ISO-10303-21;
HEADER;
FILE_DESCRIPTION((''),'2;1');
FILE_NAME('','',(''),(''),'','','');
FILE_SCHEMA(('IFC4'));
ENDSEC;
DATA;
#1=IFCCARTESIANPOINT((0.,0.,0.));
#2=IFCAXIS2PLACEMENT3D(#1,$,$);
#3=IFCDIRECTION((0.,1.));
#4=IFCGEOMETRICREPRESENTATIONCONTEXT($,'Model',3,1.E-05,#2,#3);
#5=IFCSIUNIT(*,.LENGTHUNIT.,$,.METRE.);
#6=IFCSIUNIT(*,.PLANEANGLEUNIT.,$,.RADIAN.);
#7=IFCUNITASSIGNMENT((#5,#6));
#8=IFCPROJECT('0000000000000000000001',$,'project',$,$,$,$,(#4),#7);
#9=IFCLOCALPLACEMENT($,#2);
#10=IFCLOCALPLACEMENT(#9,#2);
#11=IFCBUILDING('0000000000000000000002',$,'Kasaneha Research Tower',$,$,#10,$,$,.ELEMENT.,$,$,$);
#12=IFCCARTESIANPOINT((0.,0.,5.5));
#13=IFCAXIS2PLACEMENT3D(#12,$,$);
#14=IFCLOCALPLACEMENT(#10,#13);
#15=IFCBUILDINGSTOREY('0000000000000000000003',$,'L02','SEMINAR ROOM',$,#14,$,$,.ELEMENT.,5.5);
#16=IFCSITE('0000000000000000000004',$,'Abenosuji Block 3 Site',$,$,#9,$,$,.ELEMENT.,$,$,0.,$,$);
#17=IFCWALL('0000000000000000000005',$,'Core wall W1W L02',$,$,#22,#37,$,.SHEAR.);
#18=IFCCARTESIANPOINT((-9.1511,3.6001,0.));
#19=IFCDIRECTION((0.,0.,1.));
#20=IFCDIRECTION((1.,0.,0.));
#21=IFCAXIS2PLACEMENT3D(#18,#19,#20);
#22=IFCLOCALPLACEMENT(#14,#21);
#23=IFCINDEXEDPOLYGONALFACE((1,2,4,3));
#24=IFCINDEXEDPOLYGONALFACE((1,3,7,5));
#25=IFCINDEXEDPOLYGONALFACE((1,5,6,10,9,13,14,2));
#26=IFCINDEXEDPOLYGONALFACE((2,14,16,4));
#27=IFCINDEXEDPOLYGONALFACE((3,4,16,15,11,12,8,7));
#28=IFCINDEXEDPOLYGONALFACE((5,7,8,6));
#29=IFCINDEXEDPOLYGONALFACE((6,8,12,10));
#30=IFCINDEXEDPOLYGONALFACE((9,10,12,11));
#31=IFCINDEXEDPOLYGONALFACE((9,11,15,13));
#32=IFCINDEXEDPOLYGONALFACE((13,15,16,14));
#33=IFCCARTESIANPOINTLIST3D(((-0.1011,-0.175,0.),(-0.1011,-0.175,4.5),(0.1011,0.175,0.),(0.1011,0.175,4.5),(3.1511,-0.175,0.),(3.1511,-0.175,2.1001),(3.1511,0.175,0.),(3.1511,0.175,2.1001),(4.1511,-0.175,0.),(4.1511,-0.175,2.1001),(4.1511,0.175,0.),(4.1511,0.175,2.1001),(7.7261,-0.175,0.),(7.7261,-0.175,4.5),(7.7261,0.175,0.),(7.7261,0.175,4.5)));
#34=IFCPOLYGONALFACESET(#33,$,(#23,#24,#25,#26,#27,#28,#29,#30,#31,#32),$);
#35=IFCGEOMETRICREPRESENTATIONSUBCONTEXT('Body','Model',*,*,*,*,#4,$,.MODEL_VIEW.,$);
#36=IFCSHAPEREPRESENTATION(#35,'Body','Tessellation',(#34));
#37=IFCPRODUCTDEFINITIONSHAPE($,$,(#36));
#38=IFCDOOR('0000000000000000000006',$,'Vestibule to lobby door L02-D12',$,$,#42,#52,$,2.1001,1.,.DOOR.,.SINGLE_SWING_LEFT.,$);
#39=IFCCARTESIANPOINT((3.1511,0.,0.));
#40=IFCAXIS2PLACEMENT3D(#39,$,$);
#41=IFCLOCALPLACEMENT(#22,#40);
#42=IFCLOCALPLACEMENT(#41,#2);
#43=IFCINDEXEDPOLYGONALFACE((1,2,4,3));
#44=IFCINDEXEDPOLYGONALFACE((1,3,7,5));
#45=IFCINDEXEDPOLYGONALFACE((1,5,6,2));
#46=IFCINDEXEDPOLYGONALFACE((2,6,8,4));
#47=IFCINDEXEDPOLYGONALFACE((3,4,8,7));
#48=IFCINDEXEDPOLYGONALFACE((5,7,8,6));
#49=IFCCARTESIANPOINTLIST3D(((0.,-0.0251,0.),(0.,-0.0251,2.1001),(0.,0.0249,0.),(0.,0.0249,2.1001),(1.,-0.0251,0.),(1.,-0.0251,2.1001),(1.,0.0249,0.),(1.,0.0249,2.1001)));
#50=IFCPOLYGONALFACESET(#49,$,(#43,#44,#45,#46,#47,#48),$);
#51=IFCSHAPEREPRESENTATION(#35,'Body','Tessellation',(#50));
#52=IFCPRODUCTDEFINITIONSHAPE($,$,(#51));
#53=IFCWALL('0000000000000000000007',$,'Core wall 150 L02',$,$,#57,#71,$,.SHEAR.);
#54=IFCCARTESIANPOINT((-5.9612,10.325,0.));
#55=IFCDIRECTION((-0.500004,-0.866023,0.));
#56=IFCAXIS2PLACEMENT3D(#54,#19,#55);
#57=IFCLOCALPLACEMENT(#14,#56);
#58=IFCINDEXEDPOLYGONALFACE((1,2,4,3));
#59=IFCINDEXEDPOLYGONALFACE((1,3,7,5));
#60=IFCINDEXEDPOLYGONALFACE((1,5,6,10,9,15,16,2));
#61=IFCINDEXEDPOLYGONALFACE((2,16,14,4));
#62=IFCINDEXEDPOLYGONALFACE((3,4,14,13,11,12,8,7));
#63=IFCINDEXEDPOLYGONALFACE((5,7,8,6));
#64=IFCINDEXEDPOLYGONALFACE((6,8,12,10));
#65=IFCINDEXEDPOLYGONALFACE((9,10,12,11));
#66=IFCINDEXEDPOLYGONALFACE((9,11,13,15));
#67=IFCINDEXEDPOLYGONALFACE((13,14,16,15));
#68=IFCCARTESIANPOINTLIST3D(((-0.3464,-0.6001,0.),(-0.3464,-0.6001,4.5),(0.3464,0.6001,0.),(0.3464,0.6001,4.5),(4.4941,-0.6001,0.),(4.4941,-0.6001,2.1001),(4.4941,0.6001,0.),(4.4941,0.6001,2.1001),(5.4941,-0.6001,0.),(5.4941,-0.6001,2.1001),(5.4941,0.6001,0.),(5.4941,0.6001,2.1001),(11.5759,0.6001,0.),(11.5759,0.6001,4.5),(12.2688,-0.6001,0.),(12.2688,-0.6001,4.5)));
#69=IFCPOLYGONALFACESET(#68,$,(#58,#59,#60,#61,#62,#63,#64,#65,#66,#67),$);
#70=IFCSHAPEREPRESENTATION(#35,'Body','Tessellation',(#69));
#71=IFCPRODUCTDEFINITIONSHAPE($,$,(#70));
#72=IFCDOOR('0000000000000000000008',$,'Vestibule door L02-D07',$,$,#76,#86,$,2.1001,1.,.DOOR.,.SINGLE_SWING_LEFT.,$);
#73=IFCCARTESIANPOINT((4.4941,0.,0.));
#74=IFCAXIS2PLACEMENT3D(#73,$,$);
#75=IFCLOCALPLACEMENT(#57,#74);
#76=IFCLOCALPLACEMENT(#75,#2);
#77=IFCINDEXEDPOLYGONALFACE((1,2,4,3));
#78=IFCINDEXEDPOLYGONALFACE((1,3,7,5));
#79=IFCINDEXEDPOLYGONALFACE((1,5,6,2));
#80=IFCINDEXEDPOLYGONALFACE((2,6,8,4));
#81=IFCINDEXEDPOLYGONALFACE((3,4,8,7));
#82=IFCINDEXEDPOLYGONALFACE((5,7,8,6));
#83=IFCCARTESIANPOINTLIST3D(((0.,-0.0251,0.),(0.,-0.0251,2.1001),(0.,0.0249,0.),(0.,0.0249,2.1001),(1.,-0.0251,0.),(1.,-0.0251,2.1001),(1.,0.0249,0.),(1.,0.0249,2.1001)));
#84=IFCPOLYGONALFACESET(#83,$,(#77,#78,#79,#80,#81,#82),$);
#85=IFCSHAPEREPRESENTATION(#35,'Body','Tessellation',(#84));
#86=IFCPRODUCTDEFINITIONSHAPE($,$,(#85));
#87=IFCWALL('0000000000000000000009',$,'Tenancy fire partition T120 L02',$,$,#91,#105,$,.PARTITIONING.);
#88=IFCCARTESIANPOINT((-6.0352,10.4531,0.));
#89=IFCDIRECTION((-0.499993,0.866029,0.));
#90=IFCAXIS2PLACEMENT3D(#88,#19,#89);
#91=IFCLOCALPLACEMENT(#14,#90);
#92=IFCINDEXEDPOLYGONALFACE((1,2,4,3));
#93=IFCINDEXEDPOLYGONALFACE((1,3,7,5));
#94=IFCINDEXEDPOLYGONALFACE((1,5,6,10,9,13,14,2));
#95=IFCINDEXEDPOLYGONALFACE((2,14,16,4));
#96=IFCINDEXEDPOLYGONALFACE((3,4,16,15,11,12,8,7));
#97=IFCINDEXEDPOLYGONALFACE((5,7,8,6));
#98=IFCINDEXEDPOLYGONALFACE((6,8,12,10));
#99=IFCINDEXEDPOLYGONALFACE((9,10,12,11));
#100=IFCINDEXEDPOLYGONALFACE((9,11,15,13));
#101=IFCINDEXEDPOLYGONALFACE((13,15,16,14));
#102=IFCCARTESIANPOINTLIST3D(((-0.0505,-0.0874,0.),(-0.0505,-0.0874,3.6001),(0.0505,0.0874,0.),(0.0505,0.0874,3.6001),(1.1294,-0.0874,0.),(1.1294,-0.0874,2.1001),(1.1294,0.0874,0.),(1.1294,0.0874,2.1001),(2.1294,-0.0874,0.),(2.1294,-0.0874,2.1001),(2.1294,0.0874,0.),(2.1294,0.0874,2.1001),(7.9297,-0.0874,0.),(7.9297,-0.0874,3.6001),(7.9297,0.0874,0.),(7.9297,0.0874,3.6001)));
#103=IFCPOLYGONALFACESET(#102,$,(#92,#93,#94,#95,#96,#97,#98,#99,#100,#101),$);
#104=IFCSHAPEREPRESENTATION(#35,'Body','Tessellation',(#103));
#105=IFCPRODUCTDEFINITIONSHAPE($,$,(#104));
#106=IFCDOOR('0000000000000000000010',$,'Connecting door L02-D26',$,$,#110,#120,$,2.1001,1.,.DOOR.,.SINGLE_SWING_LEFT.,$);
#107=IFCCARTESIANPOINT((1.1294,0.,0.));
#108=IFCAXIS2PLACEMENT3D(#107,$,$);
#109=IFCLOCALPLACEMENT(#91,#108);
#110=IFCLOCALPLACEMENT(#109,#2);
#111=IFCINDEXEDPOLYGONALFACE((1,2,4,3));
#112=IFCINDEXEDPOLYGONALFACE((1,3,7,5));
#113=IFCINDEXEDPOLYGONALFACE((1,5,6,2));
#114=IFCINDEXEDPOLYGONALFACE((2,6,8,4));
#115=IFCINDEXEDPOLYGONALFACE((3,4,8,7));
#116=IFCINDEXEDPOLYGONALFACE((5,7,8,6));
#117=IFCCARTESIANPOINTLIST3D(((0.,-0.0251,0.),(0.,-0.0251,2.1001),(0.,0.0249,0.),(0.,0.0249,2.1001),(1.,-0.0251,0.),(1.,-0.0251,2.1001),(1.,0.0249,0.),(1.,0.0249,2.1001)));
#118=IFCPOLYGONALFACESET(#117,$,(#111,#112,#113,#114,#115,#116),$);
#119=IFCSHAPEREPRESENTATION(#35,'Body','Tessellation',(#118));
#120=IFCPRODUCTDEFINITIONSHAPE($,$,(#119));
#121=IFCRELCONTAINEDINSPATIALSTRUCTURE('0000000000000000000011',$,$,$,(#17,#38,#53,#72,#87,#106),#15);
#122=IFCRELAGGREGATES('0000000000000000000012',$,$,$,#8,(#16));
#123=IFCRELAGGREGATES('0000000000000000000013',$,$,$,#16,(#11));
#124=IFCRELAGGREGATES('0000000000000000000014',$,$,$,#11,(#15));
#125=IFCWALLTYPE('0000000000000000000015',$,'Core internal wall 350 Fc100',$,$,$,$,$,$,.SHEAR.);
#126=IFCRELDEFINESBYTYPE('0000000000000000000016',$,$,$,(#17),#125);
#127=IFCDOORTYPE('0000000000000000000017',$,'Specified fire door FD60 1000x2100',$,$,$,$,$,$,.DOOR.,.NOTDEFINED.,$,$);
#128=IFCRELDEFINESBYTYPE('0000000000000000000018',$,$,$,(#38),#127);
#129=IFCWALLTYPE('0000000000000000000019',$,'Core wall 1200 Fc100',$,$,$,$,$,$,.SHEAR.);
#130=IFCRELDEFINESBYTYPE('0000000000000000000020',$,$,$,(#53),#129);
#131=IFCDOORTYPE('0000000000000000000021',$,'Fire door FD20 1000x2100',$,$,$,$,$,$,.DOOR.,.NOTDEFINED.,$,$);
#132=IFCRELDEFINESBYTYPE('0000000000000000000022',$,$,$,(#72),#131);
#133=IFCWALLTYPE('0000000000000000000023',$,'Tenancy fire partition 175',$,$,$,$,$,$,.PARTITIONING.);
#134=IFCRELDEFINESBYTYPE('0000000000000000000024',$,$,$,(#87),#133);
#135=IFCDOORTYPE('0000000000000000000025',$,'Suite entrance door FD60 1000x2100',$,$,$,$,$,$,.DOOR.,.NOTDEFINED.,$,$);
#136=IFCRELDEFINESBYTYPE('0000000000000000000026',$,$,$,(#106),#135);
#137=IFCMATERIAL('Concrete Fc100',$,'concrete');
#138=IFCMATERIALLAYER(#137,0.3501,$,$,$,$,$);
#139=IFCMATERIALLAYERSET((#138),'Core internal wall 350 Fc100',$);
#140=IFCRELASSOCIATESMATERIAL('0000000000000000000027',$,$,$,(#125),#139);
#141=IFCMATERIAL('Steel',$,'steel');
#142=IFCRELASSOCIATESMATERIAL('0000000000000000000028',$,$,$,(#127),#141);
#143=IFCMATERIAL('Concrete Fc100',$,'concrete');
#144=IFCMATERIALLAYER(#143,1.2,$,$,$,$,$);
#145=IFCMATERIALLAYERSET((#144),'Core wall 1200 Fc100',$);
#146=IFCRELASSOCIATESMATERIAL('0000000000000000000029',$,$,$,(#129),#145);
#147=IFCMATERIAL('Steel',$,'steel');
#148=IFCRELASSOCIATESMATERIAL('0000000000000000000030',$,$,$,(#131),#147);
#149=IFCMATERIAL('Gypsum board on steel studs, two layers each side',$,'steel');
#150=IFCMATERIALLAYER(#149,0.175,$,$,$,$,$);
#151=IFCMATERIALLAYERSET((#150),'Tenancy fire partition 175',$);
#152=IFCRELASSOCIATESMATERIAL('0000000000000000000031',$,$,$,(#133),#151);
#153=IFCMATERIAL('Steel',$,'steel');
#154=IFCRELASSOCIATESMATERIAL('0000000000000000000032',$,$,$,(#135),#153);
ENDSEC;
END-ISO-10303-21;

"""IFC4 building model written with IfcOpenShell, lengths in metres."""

from ifc_helpers import new_model, si_unit, direction, frame, frame_2d, origin, place, context, subcontext, project, spatial, polyline, rectangle, outline, extrude, material, layer, layer_set, type_object, element, fill, save


model = new_model("IFC4")

# Units and contexts
model_context = context("Model", 3, precision=1e-05, world=origin(), true_north=direction((0.0, 1.0)))
body_context = subcontext(model_context, "Body", "Model", "MODEL_VIEW")
ifc_project = project(units=[si_unit("LENGTHUNIT", "METRE"), si_unit("PLANEANGLEUNIT", "RADIAN")], contexts=[model_context])

# Site, building, storey
site_placement = place(None, origin())
site = spatial("IfcSite", under=ifc_project, at=site_placement, Name="Abenosuji Block 3 Site", CompositionType="ELEMENT", RefElevation=0.0)
building_placement = place(site_placement, origin())
building = spatial("IfcBuilding", under=site, at=building_placement, Name="Kasaneha Research Tower", CompositionType="ELEMENT")
storey_placement = place(building_placement, frame((0.0, 0.0, 5.5)))
storey = spatial("IfcBuildingStorey", under=building, at=storey_placement, Name="L02", Description="SEMINAR ROOM", CompositionType="ELEMENT", Elevation=5.5)

# Wall, opening, door
ifc_material_1 = material(Name="Concrete Fc100", Category="concrete")
ifc_layer_1 = layer(ifc_material_1, 0.3501)
ifc_layer_set_1 = layer_set([ifc_layer_1], Name="Core internal wall 350 Fc100")
wall_type_1 = type_object("IfcWallType", Name="Core internal wall 350 Fc100", PredefinedType="SHEAR", material=ifc_layer_set_1)
wall_1_placement = place(storey_placement, frame((-9.1511, 3.6001, 0.0), z_axis=(0.0, 0.0, 1.0), x_axis=(1.0, 0.0, 0.0)))
wall_1 = element("IfcWall", 1, at=wall_1_placement, inside=storey, type_object=wall_type_1, Name="Core wall W1W L02", PredefinedType="SHEAR", context=body_context, shape_type="SweptSolid", body=[
    extrude(outline(polyline([(-0.1011, -0.175), (3.1511, -0.175), (4.1511, -0.175), (7.7261, -0.175), (7.7261, 0.175), (4.1511, 0.175), (3.1511, 0.175), (0.1011, 0.175), (-0.1011, -0.175)])), origin(), (0.0, 0.0, 1.0), 4.5),
])
opening_1_placement = place(wall_1_placement, frame((3.1511, 0.0, 0.0)))
opening_1 = element("IfcOpeningElement", 2, at=opening_1_placement, cuts=wall_1, PredefinedType="OPENING", context=body_context, shape_type="SweptSolid", body=[
    extrude(rectangle(XDim=1.0, YDim=2.1001, at=frame_2d((0.5, 1.05))), frame((0.0, 0.1851, 0.0), z_axis=(0.0, -1.0, 0.0), x_axis=(1.0, 0.0, 0.0)), (0.0, 0.0, 1.0), 0.3701),
])
ifc_material_2 = material(Name="Steel", Category="steel")
door_type_1 = type_object("IfcDoorType", Name="Specified fire door FD60 1000x2100", OperationType="NOTDEFINED", PredefinedType="DOOR", material=ifc_material_2)
door_1_placement = place(opening_1_placement, origin())
door_1 = element("IfcDoor", 3, at=door_1_placement, inside=storey, type_object=door_type_1, Name="Vestibule to lobby door L02-D12", OperationType="SINGLE_SWING_LEFT", OverallHeight=2.1001, OverallWidth=1.0, PredefinedType="DOOR", context=body_context, shape_type="SweptSolid", body=[
    extrude(rectangle(XDim=1.0, YDim=2.1001, at=frame_2d((0.5, 1.05))), frame((0.0, 0.0249, 0.0), z_axis=(0.0, -1.0, 0.0), x_axis=(1.0, 0.0, 0.0)), (0.0, 0.0, 1.0), 0.05),
])
fill(opening_1, door_1)

# Wall, opening, door
ifc_material_3 = material(Name="Concrete Fc100", Category="concrete")
ifc_layer_2 = layer(ifc_material_3, 1.2)
ifc_layer_set_2 = layer_set([ifc_layer_2], Name="Core wall 1200 Fc100")
wall_type_2 = type_object("IfcWallType", Name="Core wall 1200 Fc100", PredefinedType="SHEAR", material=ifc_layer_set_2)
wall_2_placement = place(storey_placement, frame((-5.9612, 10.325, 0.0), z_axis=(0.0, 0.0, 1.0), x_axis=(-0.500004, -0.866023, 0.0)))
wall_2 = element("IfcWall", 4, at=wall_2_placement, inside=storey, type_object=wall_type_2, Name="Core wall 150 L02", PredefinedType="SHEAR", context=body_context, shape_type="SweptSolid", body=[
    extrude(outline(polyline([(-0.3464, -0.6001), (4.4941, -0.6001), (5.4941, -0.6001), (12.2688, -0.6001), (11.5759, 0.6001), (5.4941, 0.6001), (4.4941, 0.6001), (0.3464, 0.6001), (-0.3464, -0.6001)])), origin(), (0.0, 0.0, 1.0), 4.5),
])
opening_2_placement = place(wall_2_placement, frame((4.4941, 0.0, 0.0)))
opening_2 = element("IfcOpeningElement", 5, at=opening_2_placement, cuts=wall_2, PredefinedType="OPENING", context=body_context, shape_type="SweptSolid", body=[
    extrude(rectangle(XDim=1.0, YDim=2.1001, at=frame_2d((0.5, 1.05))), frame((0.0, 0.6099, 0.0), z_axis=(0.0, -1.0, 0.0), x_axis=(1.0, 0.0, 0.0)), (0.0, 0.0, 1.0), 1.22),
])
ifc_material_4 = material(Name="Steel", Category="steel")
door_type_2 = type_object("IfcDoorType", Name="Fire door FD20 1000x2100", OperationType="NOTDEFINED", PredefinedType="DOOR", material=ifc_material_4)
door_2_placement = place(opening_2_placement, origin())
door_2 = element("IfcDoor", 6, at=door_2_placement, inside=storey, type_object=door_type_2, Name="Vestibule door L02-D07", OperationType="SINGLE_SWING_LEFT", OverallHeight=2.1001, OverallWidth=1.0, PredefinedType="DOOR", context=body_context, shape_type="SweptSolid", body=[
    extrude(rectangle(XDim=1.0, YDim=2.1001, at=frame_2d((0.5, 1.05))), frame((0.0, 0.0249, 0.0), z_axis=(0.0, -1.0, 0.0), x_axis=(1.0, 0.0, 0.0)), (0.0, 0.0, 1.0), 0.05),
])
fill(opening_2, door_2)

# Wall, opening, door
ifc_material_5 = material(Name="Gypsum board on steel studs, two layers each side", Category="steel")
ifc_layer_3 = layer(ifc_material_5, 0.175)
ifc_layer_set_3 = layer_set([ifc_layer_3], Name="Tenancy fire partition 175")
wall_type_3 = type_object("IfcWallType", Name="Tenancy fire partition 175", PredefinedType="PARTITIONING", material=ifc_layer_set_3)
wall_3_placement = place(storey_placement, frame((-6.0352, 10.4531, 0.0), z_axis=(0.0, 0.0, 1.0), x_axis=(-0.499993, 0.866029, 0.0)))
wall_3 = element("IfcWall", 7, at=wall_3_placement, inside=storey, type_object=wall_type_3, Name="Tenancy fire partition T120 L02", PredefinedType="PARTITIONING", context=body_context, shape_type="SweptSolid", body=[
    extrude(outline(polyline([(-0.0505, -0.0874), (1.1294, -0.0874), (2.1294, -0.0874), (7.9297, -0.0874), (7.9297, 0.0874), (2.1294, 0.0874), (1.1294, 0.0874), (0.0505, 0.0874), (-0.0505, -0.0874)])), origin(), (0.0, 0.0, 1.0), 3.6001),
])
opening_3_placement = place(wall_3_placement, frame((1.1294, 0.0, 0.0)))
opening_3 = element("IfcOpeningElement", 8, at=opening_3_placement, cuts=wall_3, PredefinedType="OPENING", context=body_context, shape_type="SweptSolid", body=[
    extrude(rectangle(XDim=1.0, YDim=2.1001, at=frame_2d((0.5, 1.05))), frame((0.0, 0.0977, 0.0), z_axis=(0.0, -1.0, 0.0), x_axis=(1.0, 0.0, 0.0)), (0.0, 0.0, 1.0), 0.1951),
])
ifc_material_6 = material(Name="Steel", Category="steel")
door_type_3 = type_object("IfcDoorType", Name="Suite entrance door FD60 1000x2100", OperationType="NOTDEFINED", PredefinedType="DOOR", material=ifc_material_6)
door_3_placement = place(opening_3_placement, origin())
door_3 = element("IfcDoor", 9, at=door_3_placement, inside=storey, type_object=door_type_3, Name="Connecting door L02-D26", OperationType="SINGLE_SWING_LEFT", OverallHeight=2.1001, OverallWidth=1.0, PredefinedType="DOOR", context=body_context, shape_type="SweptSolid", body=[
    extrude(rectangle(XDim=1.0, YDim=2.1001, at=frame_2d((0.5, 1.05))), frame((0.0, 0.0249, 0.0), z_axis=(0.0, -1.0, 0.0), x_axis=(1.0, 0.0, 0.0)), (0.0, 0.0, 1.0), 0.05),
])
fill(opening_3, door_3)

save(model, "model.ifc")
